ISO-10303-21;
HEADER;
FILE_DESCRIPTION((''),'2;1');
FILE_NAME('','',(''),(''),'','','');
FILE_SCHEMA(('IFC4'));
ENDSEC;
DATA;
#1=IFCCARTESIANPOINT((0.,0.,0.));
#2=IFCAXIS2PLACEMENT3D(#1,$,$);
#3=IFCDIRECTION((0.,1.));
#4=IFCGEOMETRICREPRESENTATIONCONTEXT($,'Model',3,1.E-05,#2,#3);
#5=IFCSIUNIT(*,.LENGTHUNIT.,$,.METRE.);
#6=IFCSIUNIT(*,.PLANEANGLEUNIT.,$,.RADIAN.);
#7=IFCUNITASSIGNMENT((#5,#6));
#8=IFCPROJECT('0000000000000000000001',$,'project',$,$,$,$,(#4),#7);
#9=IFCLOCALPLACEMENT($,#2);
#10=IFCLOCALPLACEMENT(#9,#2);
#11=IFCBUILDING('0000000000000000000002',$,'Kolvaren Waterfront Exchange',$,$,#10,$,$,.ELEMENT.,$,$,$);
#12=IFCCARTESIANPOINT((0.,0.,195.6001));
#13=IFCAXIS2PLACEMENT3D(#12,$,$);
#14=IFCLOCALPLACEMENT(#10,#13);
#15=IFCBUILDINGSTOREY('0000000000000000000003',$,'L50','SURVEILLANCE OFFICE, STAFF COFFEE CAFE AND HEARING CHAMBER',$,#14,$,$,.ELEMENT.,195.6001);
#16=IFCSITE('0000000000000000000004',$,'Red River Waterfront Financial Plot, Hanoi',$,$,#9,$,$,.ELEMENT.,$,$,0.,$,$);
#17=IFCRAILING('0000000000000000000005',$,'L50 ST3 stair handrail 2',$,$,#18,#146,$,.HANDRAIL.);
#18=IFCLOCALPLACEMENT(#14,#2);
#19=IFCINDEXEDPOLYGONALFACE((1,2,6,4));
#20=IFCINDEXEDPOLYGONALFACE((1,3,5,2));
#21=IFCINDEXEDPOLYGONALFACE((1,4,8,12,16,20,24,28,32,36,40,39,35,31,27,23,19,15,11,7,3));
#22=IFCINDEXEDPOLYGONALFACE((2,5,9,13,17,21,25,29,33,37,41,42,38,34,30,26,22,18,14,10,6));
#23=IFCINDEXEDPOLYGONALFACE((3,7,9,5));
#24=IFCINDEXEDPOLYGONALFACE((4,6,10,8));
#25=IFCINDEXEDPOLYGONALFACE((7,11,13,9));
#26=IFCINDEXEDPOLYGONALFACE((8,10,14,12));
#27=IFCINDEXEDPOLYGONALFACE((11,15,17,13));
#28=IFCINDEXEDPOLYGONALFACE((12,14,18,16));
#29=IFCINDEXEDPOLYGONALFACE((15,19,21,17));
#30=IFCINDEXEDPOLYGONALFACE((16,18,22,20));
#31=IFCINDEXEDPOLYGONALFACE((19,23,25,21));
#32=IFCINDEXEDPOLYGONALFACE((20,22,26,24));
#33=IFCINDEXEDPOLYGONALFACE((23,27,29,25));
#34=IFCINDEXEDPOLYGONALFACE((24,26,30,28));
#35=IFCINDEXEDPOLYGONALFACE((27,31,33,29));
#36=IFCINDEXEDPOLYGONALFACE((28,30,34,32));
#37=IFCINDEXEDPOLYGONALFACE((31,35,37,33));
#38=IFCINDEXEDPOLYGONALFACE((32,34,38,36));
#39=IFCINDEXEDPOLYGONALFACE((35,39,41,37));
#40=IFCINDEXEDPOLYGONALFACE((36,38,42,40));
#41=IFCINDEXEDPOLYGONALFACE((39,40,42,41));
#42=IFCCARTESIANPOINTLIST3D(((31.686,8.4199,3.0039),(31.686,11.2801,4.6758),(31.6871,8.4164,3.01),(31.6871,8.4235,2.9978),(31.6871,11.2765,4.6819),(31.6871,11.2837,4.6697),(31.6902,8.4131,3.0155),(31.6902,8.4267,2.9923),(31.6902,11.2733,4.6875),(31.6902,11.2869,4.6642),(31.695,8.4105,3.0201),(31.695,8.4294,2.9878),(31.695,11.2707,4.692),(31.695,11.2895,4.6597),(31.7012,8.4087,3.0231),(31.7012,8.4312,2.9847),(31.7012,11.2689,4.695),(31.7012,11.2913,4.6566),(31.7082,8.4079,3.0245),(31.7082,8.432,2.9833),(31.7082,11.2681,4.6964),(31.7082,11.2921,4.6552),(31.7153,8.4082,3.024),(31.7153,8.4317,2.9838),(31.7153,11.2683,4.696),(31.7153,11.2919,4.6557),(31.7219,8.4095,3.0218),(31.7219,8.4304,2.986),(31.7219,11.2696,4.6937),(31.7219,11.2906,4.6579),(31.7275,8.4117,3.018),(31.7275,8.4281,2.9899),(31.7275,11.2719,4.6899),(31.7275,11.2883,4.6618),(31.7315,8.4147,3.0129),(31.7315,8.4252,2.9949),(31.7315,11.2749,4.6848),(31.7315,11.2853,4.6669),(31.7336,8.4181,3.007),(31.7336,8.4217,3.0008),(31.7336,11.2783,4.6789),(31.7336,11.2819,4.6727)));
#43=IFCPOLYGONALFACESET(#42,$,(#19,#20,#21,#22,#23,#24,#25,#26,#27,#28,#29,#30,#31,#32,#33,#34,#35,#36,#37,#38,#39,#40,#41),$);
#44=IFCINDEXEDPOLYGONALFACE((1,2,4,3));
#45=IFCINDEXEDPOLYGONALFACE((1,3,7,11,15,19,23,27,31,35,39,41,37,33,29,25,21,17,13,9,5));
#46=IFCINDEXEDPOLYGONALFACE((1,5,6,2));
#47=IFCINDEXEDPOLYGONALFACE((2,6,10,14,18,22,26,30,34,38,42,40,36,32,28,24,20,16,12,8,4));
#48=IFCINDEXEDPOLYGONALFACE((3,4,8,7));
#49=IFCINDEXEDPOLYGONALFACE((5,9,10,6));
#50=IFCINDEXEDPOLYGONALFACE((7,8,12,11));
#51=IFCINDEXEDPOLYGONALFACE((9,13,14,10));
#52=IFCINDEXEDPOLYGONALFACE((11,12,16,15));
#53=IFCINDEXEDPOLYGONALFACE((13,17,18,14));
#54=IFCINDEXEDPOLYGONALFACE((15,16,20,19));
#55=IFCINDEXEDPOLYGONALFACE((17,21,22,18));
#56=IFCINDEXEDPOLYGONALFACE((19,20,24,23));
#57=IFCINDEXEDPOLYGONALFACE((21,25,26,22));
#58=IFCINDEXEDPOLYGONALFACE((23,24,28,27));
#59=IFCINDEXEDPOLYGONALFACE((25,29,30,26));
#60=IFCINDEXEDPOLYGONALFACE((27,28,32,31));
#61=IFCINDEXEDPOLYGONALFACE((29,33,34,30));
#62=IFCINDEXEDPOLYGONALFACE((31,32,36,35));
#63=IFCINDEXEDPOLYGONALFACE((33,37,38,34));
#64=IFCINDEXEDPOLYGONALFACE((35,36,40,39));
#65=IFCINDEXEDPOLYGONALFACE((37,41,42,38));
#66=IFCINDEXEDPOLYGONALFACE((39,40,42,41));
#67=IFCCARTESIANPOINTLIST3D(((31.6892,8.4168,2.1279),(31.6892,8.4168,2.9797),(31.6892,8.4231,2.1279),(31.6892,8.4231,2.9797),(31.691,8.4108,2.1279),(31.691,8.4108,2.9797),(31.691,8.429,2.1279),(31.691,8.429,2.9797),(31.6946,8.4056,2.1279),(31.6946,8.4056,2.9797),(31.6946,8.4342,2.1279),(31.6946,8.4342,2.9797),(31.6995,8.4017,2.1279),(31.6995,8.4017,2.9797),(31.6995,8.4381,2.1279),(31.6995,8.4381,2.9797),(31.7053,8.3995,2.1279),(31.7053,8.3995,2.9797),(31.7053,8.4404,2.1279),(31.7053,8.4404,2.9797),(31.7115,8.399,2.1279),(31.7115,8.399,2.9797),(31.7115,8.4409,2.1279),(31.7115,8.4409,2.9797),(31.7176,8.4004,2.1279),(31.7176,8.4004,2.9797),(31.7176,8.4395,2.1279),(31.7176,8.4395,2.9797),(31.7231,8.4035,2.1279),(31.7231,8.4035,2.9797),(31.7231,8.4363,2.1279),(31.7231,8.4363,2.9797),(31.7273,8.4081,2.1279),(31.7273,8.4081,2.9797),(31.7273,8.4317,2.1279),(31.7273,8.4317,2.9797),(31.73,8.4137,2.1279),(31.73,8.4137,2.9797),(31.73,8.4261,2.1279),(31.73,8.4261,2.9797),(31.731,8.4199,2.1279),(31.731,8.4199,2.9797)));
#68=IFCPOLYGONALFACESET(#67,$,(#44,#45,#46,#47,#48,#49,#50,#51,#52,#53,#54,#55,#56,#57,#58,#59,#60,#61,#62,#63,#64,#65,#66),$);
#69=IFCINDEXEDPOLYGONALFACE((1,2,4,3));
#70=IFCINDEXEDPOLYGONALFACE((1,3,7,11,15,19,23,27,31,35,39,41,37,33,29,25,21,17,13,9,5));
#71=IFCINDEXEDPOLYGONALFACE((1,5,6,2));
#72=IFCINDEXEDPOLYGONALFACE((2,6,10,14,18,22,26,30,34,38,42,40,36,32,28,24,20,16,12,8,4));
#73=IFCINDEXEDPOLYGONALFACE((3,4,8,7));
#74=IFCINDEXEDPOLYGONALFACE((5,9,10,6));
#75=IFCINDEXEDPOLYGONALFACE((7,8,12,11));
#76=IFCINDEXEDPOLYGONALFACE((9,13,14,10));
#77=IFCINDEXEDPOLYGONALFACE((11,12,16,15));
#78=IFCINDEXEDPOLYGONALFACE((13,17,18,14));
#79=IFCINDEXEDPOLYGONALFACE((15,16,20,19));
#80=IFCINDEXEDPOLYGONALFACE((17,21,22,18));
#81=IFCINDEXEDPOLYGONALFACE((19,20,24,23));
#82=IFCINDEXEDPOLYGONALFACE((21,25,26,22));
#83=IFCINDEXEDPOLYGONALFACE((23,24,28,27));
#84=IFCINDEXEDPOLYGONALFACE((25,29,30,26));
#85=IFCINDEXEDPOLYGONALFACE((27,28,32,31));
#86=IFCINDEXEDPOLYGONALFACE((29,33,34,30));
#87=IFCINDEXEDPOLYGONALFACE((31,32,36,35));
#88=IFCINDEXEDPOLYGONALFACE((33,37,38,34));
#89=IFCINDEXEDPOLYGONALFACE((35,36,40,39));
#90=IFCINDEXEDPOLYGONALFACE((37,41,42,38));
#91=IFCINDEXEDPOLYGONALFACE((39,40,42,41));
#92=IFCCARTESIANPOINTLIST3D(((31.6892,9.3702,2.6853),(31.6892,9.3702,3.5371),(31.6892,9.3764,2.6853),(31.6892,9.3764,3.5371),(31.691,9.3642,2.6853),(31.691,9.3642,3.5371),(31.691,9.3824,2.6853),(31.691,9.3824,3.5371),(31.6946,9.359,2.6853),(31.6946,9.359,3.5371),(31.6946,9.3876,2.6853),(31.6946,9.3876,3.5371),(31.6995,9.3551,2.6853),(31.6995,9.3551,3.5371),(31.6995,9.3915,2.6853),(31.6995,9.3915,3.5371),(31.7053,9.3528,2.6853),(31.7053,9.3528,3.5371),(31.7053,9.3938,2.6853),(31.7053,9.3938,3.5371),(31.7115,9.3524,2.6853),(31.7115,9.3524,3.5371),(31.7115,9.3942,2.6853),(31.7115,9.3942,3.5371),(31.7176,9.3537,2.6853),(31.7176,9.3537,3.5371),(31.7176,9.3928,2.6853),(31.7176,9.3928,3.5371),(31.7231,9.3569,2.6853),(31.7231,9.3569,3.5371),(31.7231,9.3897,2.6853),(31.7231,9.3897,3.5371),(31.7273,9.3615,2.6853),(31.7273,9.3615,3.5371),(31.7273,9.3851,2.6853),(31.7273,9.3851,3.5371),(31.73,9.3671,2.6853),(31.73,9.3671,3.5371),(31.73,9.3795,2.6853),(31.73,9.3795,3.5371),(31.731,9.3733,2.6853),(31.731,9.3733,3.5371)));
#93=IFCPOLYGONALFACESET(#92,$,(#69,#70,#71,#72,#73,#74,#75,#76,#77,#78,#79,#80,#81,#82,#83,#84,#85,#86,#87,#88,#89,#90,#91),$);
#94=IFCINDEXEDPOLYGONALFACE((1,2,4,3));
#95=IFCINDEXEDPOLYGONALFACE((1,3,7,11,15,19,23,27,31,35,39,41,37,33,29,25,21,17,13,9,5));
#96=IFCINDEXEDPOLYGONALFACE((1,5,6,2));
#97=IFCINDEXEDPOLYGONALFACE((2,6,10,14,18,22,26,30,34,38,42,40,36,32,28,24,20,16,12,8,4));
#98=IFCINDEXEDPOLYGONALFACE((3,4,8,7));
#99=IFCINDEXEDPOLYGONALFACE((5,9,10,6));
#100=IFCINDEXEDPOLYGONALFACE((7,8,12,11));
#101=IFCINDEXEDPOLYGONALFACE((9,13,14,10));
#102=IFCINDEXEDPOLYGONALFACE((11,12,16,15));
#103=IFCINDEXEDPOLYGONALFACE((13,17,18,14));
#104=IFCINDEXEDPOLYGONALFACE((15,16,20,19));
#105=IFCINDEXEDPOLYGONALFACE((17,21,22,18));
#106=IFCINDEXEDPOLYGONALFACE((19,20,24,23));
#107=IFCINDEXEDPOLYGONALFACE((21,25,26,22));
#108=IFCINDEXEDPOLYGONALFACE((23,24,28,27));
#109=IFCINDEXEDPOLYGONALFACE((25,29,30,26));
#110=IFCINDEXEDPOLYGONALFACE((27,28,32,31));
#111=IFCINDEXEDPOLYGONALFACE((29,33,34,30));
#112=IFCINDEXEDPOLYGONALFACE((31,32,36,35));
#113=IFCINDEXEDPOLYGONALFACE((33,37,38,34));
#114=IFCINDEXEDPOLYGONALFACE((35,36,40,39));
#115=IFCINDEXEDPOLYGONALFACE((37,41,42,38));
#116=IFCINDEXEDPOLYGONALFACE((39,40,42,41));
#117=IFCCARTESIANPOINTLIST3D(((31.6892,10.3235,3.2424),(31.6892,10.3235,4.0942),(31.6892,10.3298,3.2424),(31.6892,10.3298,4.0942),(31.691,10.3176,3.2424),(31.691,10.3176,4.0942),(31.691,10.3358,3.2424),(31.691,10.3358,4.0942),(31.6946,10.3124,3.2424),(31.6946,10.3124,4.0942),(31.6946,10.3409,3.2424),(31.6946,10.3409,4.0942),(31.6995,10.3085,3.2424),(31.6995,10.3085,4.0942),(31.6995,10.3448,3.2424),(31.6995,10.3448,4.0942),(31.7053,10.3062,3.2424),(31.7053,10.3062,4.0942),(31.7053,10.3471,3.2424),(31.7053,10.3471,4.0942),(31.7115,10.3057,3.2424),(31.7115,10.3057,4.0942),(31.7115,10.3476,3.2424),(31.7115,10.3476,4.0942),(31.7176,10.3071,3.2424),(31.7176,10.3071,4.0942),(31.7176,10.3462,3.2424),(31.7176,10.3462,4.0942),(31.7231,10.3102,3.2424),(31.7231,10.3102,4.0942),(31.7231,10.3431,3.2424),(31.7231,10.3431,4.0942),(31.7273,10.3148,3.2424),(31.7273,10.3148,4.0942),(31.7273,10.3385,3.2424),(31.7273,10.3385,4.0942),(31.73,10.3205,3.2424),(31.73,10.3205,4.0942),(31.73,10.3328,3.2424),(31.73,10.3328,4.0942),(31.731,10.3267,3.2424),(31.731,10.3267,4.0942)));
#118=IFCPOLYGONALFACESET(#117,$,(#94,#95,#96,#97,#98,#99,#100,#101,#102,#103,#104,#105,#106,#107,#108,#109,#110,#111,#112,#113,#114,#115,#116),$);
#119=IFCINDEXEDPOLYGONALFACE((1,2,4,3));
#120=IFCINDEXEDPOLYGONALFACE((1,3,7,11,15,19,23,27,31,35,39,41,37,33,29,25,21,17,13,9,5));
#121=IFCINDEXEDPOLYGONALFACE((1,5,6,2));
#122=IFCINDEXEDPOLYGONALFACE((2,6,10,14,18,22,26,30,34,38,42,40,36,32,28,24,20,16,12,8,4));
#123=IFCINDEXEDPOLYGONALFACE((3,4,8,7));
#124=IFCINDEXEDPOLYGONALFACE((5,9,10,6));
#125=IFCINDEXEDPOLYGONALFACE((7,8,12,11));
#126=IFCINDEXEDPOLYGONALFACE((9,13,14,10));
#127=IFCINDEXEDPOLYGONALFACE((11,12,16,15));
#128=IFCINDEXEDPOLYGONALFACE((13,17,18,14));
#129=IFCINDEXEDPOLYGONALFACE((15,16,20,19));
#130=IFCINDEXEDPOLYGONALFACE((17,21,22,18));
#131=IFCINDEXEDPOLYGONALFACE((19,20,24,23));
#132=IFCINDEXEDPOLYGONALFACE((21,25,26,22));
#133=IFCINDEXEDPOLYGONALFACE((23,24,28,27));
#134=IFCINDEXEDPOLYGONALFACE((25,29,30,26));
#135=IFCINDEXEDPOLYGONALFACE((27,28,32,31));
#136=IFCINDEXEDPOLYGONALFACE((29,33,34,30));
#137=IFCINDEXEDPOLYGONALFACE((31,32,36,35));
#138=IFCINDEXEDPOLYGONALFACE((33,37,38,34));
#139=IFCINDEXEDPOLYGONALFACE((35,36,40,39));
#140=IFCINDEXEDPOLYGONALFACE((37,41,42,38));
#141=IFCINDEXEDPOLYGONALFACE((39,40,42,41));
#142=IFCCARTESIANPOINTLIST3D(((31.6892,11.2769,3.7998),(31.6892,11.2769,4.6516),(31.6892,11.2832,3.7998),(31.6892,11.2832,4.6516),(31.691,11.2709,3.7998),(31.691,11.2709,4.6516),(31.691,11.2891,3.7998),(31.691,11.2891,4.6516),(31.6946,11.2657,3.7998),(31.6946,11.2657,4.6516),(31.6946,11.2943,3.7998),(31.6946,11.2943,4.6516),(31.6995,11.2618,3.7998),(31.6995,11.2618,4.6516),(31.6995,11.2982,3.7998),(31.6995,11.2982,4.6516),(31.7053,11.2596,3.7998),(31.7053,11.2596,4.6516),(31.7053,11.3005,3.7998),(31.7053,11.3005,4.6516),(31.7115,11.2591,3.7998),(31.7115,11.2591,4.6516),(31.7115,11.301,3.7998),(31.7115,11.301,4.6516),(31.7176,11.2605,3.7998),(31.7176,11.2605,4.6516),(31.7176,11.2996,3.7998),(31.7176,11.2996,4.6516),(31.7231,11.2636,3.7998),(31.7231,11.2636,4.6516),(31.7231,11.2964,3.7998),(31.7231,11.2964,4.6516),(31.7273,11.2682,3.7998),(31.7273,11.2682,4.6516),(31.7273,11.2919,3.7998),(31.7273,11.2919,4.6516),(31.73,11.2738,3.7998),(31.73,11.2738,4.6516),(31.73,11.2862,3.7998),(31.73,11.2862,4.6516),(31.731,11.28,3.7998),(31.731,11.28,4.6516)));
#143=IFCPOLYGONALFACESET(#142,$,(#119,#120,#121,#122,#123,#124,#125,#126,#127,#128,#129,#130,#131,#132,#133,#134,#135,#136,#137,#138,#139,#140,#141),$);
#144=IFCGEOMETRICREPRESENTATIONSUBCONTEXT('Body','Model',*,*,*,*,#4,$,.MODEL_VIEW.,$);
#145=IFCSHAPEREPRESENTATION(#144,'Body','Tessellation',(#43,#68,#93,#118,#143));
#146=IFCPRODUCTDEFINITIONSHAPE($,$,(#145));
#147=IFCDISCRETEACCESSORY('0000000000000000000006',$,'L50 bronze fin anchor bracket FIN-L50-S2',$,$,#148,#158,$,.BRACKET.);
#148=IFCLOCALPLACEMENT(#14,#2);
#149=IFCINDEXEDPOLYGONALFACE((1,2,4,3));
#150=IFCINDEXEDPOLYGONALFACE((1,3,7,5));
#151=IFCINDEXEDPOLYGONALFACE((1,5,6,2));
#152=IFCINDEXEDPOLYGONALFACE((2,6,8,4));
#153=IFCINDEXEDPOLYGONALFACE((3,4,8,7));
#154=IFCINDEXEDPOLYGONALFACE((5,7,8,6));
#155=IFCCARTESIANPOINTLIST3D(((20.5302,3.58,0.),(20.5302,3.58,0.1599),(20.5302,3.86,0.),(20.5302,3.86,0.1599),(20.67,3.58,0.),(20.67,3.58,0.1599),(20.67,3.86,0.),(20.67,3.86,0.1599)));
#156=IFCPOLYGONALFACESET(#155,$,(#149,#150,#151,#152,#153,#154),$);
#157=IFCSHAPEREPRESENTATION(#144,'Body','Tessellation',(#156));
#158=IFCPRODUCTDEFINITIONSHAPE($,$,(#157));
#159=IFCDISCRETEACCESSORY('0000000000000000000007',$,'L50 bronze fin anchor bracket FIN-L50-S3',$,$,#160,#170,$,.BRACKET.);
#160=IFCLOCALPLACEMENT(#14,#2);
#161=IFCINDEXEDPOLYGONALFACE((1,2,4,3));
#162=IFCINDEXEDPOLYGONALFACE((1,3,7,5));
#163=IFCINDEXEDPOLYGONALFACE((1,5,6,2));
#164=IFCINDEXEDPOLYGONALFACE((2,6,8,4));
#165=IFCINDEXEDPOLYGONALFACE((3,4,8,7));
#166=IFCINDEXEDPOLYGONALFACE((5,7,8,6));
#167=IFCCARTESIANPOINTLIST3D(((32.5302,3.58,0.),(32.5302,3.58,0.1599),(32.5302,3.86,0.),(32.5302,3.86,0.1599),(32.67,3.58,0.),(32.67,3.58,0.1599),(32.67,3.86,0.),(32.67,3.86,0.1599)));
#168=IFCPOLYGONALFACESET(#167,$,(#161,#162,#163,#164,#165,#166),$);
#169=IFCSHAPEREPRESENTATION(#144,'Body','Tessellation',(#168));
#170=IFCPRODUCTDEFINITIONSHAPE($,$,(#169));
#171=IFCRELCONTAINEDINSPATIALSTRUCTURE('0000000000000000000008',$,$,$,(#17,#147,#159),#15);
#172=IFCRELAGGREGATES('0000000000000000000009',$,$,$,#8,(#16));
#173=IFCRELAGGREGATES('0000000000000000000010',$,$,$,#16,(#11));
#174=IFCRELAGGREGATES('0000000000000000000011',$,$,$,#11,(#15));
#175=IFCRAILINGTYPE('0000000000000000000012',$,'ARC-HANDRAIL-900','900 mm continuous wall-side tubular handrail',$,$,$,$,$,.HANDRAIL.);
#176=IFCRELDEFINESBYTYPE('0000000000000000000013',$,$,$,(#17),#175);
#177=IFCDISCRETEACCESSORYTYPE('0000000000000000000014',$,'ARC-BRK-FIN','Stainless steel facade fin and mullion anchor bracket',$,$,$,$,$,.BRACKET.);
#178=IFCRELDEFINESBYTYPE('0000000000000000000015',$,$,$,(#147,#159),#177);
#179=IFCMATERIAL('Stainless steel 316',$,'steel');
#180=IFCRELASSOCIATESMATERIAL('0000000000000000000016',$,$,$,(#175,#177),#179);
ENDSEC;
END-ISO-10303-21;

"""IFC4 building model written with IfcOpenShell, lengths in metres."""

from ifc_helpers import new_model, si_unit, direction, frame, origin, origin_with_axes, origin_2d, place, context, subcontext, project, spatial, rectangle, circle, extrude, source, transform, mapped, material, type_object, element, save


model = new_model("IFC4")

# Units and contexts
model_context = context("Model", 3, precision=1e-05, world=origin(), true_north=direction((0.0, 1.0)))
body_context = subcontext(model_context, "Body", "Model", "MODEL_VIEW")
ifc_project = project(units=[si_unit("LENGTHUNIT", "METRE"), si_unit("PLANEANGLEUNIT", "RADIAN")], contexts=[model_context])

# Site, building, storey
site_placement = place(None, origin())
site = spatial("IfcSite", under=ifc_project, at=site_placement, Name="Red River Waterfront Financial Plot, Hanoi", CompositionType="ELEMENT", RefElevation=0.0)
building_placement = place(site_placement, origin())
building = spatial("IfcBuilding", under=site, at=building_placement, Name="Kolvaren Waterfront Exchange", CompositionType="ELEMENT")
storey_placement = place(building_placement, frame((0.0, 0.0, 195.6001)))
storey = spatial("IfcBuildingStorey", under=building, at=storey_placement, Name="L50", Description="SURVEILLANCE OFFICE, STAFF COFFEE CAFE AND HEARING CHAMBER", CompositionType="ELEMENT", Elevation=195.6001)

# Railing
ifc_material_1 = material(Name="Stainless steel 316", Category="steel")
railing_type_1 = type_object("IfcRailingType", Name="ARC-HANDRAIL-900", Description="900 mm continuous wall-side tubular handrail", PredefinedType="HANDRAIL", material=ifc_material_1)
railing_1_placement = place(storey_placement, frame((31.71, 8.4199, 2.1279)))
element("IfcRailing", 1, at=railing_1_placement, inside=storey, type_object=railing_type_1, Name="L50 ST3 stair handrail 2", PredefinedType="HANDRAIL", context=body_context, shape_type="SweptSolid", body=[
    extrude(circle(Radius=0.0239, at=origin_2d()), frame((0.0, 0.0, 0.876), z_axis=(0.0, 0.863321, 0.504654), x_axis=(-1.0, 0.0, 0.0)), (0.0, 0.0, 1.0), 3.313),
    extrude(circle(Radius=0.021, at=origin_2d()), origin(), (0.0, 0.0, 1.0), 0.8518),
    extrude(circle(Radius=0.021, at=origin_2d()), frame((0.0, 0.9534, 0.5574)), (0.0, 0.0, 1.0), 0.8518),
    extrude(circle(Radius=0.021, at=origin_2d()), frame((0.0, 1.9067, 1.1145)), (0.0, 0.0, 1.0), 0.8518),
    extrude(circle(Radius=0.021, at=origin_2d()), frame((0.0, 2.8601, 1.6719)), (0.0, 0.0, 1.0), 0.8518),
])

# Discrete accessories
discrete_accessory_type = type_object("IfcDiscreteAccessoryType", Name="ARC-BRK-FIN", Description="Stainless steel facade fin and mullion anchor bracket", PredefinedType="BRACKET", material=ifc_material_1)
shared_shape_1 = source(origin_with_axes(), body_context, "Body", "SweptSolid", [
    extrude(rectangle(XDim=0.28, YDim=0.1399, at=origin_2d()), origin(), (0.0, 0.0, 1.0), 0.1599),
])
for number, where, z_axis, x_axis, name in (
    (2, (20.6001, 3.72, 0.0), (0.0, 0.0, 1.0), (0.0, -1.0, 0.0), "L50 bronze fin anchor bracket FIN-L50-S2"),
    (3, (32.6001, 3.72, 0.0), (0.0, 0.0, 1.0), (0.0, -1.0, 0.0), "L50 bronze fin anchor bracket FIN-L50-S3"),
):
    element("IfcDiscreteAccessory", number, at=place(storey_placement, frame(where, z_axis=z_axis, x_axis=x_axis)), inside=storey, type_object=discrete_accessory_type, Name=name, PredefinedType="BRACKET", context=body_context, shape_type="MappedRepresentation", body=[
        mapped(shared_shape_1, transform((0.0, 0.0, 0.0), x_axis=(1.0, 0.0, 0.0), y_axis=(0.0, 1.0, 0.0), z_axis=(0.0, 0.0, 1.0), scale=1.0)),
    ])

save(model, "model.ifc")
